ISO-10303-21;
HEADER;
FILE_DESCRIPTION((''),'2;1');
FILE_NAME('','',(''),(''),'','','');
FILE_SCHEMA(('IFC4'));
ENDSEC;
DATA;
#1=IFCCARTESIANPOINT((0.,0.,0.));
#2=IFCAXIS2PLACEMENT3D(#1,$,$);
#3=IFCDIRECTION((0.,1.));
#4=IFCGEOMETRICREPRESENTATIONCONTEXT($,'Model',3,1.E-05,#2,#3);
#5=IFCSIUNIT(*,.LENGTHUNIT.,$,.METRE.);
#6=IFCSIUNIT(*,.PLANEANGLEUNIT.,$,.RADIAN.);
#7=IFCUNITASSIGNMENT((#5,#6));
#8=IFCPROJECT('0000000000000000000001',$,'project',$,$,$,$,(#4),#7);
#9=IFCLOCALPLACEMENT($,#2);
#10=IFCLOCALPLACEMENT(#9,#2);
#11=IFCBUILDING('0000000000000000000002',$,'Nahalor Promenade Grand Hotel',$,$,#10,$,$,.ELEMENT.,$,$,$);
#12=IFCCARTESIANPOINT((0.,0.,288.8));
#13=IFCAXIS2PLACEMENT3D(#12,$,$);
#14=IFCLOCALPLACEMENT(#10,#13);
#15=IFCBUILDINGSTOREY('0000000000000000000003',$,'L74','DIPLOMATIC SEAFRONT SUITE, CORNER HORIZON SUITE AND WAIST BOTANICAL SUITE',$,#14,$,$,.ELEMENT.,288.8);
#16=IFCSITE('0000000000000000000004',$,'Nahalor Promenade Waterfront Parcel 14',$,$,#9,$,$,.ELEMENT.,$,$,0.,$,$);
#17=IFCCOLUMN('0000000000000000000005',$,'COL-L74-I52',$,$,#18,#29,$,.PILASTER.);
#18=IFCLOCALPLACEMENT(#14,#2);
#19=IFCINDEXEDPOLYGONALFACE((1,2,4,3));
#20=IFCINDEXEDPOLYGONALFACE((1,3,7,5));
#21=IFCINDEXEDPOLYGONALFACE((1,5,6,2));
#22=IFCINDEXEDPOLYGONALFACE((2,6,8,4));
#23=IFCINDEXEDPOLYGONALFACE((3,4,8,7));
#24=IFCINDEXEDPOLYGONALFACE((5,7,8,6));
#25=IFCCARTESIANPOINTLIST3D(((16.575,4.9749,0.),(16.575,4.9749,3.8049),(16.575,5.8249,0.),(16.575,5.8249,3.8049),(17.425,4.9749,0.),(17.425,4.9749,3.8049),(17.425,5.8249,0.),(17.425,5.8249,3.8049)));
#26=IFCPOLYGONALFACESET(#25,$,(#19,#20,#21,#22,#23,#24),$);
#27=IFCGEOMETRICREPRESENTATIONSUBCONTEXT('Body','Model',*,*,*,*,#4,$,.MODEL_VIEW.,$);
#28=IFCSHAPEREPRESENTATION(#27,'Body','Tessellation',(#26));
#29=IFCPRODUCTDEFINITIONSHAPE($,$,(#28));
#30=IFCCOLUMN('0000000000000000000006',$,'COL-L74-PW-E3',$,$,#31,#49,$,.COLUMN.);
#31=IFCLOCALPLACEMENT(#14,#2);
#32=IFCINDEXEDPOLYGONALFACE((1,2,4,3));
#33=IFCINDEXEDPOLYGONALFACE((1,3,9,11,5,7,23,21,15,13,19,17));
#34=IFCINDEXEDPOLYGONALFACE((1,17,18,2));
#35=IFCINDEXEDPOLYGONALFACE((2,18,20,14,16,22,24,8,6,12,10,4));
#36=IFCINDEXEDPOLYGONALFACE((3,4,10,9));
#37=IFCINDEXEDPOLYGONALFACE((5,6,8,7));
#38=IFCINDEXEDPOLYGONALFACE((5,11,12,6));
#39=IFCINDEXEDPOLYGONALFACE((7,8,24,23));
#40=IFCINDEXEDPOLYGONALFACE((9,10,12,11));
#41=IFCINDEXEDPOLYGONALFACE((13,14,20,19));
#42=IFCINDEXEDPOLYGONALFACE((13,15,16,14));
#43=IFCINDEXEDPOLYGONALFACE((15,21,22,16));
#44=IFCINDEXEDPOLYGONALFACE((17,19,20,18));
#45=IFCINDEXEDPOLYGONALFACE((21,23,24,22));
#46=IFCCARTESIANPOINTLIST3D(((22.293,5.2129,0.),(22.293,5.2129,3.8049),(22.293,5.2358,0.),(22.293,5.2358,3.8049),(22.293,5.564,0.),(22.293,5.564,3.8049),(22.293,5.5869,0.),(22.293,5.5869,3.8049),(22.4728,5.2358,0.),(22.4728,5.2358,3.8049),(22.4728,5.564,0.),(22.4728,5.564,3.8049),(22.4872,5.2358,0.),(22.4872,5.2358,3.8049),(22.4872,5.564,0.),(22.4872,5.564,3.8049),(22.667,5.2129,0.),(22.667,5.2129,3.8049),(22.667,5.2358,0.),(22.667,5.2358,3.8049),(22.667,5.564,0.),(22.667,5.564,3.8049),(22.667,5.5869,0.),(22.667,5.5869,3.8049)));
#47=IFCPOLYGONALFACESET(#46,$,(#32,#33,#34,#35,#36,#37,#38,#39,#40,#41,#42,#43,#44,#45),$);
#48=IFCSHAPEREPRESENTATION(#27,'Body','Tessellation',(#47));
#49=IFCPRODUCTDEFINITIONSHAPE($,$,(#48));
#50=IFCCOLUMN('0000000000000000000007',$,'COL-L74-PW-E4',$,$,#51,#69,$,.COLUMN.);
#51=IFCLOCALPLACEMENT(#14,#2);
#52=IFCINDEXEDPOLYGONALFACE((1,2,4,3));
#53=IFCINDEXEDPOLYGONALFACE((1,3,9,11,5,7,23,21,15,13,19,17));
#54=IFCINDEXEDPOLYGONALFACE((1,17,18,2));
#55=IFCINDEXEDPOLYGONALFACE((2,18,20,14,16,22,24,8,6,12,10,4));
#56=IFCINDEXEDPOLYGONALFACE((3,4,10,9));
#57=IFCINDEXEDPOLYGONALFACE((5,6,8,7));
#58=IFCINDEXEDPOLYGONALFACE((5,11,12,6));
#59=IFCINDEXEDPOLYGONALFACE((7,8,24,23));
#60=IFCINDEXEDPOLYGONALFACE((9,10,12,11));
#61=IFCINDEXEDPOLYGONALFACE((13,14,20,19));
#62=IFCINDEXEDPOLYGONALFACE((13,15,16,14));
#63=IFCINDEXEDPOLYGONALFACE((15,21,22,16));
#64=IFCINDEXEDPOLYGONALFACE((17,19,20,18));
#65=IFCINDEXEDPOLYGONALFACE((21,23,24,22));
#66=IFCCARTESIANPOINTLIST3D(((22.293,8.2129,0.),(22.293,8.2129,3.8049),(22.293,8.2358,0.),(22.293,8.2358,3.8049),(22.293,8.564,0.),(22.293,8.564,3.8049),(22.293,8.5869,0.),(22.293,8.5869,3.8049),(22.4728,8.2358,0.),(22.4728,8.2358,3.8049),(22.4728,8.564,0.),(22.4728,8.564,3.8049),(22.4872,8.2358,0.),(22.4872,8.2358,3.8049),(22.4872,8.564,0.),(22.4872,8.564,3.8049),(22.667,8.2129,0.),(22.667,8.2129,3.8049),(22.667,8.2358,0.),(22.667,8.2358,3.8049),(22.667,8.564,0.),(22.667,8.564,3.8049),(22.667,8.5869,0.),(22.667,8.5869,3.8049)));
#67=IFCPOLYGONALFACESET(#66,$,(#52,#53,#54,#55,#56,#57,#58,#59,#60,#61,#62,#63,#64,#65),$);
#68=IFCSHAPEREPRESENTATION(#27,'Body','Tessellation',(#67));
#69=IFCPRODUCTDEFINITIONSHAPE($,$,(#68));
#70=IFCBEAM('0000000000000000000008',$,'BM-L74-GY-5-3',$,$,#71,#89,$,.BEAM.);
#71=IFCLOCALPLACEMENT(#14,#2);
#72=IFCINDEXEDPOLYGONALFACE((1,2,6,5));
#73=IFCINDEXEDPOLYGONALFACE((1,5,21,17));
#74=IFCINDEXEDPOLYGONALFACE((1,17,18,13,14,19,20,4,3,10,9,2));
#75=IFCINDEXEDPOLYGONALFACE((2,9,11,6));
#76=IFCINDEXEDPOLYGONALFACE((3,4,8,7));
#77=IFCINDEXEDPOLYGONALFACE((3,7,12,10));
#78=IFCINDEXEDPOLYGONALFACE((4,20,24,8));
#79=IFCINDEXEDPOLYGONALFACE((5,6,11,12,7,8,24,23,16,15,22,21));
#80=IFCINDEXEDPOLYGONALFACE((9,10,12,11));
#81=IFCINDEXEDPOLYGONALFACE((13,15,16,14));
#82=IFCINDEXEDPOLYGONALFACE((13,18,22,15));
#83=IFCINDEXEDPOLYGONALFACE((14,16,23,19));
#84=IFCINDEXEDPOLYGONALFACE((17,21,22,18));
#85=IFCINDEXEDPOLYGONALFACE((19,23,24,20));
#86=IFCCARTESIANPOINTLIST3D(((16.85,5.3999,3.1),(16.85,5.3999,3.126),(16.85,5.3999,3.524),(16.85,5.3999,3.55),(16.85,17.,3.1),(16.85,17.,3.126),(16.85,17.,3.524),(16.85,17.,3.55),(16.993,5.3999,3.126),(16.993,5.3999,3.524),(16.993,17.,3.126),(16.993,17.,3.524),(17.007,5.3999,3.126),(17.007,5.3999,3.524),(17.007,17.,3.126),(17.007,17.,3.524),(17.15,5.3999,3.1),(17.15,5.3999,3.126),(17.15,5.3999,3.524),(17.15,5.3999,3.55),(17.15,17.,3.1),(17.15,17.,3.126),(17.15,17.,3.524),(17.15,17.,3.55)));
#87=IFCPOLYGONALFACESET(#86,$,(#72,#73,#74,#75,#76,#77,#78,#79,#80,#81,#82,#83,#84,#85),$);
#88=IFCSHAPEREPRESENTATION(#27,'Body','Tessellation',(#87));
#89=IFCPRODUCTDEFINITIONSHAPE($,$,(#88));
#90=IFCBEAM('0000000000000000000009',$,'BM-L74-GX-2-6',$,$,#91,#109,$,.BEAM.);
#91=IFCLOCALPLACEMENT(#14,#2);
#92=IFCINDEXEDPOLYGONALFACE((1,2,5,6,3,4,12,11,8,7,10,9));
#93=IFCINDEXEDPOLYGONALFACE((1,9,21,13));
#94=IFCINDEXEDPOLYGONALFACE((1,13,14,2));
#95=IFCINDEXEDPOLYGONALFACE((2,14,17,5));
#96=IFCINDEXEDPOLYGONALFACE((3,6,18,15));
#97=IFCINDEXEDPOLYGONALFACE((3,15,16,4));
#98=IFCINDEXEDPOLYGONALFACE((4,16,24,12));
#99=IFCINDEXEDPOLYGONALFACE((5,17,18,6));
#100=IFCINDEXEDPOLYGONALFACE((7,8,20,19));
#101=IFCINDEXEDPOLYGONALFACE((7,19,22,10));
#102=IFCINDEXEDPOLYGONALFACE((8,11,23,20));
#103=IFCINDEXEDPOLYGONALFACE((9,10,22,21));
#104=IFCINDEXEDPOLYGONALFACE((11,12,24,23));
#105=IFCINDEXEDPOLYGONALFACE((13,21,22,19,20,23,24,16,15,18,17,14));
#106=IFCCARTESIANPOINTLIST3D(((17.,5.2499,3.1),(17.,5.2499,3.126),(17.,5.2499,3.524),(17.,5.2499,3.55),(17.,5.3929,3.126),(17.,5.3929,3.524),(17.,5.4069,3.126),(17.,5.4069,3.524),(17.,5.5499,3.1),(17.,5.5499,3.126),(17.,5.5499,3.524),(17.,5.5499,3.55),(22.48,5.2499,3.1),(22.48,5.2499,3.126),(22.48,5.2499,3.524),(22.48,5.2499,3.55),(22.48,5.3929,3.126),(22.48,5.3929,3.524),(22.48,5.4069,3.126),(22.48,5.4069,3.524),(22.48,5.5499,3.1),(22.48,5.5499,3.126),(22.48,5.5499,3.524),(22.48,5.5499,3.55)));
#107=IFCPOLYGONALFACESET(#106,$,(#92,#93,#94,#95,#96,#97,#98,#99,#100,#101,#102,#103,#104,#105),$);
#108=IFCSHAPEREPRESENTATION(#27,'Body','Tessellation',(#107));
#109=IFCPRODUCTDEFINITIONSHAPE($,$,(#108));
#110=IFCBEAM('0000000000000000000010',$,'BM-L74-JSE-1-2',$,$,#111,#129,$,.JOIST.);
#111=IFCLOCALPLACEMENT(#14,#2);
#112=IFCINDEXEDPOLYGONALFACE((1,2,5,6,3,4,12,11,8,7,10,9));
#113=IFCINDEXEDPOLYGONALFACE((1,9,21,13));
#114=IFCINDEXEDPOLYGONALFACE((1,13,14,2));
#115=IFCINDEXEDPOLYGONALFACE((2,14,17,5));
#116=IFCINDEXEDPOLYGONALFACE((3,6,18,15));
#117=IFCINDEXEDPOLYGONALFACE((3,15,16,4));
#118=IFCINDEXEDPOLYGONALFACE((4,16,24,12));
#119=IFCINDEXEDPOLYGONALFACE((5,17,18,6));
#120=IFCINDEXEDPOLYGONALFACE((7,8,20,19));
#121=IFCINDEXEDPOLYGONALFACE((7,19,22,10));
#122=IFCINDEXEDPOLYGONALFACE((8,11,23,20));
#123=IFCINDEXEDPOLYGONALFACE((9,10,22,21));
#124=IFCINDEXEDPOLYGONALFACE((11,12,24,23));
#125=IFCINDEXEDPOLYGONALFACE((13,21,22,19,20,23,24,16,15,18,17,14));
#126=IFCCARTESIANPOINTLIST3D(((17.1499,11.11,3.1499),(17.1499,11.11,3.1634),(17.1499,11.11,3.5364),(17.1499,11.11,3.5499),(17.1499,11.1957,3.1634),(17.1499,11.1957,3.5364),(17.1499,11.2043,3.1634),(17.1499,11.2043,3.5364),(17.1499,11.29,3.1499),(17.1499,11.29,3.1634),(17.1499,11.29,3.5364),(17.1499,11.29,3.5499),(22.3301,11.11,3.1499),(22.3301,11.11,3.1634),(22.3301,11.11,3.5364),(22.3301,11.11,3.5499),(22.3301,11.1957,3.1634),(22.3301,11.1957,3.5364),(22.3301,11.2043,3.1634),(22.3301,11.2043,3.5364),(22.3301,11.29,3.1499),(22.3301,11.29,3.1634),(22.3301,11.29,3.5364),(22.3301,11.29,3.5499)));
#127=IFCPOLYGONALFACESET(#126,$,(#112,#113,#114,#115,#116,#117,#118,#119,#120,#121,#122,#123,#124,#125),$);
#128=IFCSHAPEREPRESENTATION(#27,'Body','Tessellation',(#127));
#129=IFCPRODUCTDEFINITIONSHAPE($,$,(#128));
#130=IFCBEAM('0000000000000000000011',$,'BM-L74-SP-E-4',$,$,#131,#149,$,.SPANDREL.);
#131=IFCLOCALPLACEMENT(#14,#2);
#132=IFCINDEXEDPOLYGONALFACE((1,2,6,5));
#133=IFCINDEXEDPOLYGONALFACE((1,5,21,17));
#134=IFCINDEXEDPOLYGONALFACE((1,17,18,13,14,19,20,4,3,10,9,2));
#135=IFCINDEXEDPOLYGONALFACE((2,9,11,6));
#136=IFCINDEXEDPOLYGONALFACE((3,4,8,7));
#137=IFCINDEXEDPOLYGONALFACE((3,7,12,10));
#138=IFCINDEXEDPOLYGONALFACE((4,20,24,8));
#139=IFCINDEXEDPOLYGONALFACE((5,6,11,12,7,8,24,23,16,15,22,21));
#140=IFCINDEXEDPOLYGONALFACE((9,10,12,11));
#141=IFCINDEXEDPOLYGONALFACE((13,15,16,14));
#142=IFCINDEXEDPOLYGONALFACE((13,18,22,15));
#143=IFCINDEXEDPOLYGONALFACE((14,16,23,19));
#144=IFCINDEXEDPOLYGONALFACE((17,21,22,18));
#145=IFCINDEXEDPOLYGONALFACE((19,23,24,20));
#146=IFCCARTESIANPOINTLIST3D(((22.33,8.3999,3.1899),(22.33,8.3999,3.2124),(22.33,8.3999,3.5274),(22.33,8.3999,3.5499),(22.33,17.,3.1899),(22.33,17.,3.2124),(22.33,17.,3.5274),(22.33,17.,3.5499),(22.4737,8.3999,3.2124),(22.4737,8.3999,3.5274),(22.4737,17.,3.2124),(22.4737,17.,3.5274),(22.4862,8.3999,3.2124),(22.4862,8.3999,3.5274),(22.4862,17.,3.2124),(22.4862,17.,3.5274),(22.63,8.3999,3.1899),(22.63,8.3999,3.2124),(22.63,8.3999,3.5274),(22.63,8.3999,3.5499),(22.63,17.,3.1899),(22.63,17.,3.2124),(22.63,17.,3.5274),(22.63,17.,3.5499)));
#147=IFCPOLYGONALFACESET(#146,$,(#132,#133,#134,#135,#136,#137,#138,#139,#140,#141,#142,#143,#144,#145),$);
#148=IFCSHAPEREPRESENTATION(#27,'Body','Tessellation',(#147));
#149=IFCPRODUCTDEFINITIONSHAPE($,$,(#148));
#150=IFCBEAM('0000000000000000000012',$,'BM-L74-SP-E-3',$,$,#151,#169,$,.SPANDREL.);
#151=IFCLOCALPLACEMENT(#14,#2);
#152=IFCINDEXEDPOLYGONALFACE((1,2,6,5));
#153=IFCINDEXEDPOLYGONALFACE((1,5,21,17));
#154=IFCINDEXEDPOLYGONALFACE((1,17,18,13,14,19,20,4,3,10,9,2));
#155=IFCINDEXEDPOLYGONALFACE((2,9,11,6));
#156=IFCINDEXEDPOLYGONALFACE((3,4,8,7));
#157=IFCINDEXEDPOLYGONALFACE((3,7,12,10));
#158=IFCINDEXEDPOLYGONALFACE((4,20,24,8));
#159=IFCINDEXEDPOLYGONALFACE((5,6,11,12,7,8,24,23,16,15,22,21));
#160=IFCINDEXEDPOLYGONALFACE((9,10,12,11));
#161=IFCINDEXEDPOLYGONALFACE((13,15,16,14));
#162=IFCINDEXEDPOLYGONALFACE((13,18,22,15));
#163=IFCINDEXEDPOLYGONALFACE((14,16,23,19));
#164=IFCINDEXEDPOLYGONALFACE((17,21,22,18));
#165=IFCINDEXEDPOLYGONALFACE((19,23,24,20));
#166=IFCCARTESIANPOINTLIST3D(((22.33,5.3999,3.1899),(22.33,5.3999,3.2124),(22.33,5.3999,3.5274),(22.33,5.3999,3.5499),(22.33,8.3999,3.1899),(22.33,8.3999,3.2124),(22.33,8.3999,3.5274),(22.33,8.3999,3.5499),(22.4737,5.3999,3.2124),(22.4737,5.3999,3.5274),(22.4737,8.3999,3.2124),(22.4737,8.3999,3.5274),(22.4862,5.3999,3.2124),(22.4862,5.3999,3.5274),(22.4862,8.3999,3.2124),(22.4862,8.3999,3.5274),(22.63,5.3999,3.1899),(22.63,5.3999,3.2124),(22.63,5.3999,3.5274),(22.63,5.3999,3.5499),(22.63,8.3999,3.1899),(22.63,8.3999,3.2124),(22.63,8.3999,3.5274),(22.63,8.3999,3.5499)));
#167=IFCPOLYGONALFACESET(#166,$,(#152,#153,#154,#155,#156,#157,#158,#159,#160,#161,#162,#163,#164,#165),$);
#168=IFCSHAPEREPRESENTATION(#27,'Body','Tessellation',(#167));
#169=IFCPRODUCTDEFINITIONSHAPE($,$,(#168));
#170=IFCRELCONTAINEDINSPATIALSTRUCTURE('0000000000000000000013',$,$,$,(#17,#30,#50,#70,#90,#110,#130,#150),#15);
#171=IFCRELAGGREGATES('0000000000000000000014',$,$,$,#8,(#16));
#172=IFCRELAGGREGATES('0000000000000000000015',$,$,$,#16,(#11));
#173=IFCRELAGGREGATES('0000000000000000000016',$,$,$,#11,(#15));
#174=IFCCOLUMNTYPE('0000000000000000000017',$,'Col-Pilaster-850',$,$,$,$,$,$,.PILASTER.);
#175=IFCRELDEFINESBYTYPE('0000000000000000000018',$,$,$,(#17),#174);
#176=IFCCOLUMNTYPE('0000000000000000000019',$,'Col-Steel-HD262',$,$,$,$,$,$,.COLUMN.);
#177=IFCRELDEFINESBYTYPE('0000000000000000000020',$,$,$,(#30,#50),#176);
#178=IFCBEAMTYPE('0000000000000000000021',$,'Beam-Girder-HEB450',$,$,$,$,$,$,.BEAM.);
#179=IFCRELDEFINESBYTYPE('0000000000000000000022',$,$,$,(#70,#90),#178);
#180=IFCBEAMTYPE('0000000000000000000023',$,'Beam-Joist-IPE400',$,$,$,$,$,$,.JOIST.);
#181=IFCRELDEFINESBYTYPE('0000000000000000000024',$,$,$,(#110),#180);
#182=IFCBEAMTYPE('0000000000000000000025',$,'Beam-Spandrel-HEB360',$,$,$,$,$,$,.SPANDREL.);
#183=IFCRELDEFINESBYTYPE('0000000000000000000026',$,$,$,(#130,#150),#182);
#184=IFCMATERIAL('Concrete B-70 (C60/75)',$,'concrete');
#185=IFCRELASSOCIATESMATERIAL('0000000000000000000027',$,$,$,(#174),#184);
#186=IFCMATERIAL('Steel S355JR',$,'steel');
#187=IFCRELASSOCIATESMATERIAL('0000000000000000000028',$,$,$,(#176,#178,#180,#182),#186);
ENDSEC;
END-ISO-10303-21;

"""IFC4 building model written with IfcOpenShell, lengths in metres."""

from ifc_helpers import new_model, si_unit, direction, frame, origin, origin_2d, place, context, subcontext, project, spatial, rectangle, i_section, extrude, source, transform, mapped, material, material_profile, profile_set, type_object, element, save


model = new_model("IFC4")

# Units and contexts
model_context = context("Model", 3, precision=1e-05, world=origin(), true_north=direction((0.0, 1.0)))
body_context = subcontext(model_context, "Body", "Model", "MODEL_VIEW")
ifc_project = project(units=[si_unit("LENGTHUNIT", "METRE"), si_unit("PLANEANGLEUNIT", "RADIAN")], contexts=[model_context])

# Site, building, storey
site_placement = place(None, origin())
site = spatial("IfcSite", under=ifc_project, at=site_placement, Name="Nahalor Promenade Waterfront Parcel 14", CompositionType="ELEMENT", RefElevation=0.0)
building_placement = place(site_placement, origin())
building = spatial("IfcBuilding", under=site, at=building_placement, Name="Nahalor Promenade Grand Hotel", CompositionType="ELEMENT")
storey_placement = place(building_placement, frame((0.0, 0.0, 288.8)))
storey = spatial("IfcBuildingStorey", under=building, at=storey_placement, Name="L74", Description="DIPLOMATIC SEAFRONT SUITE, CORNER HORIZON SUITE AND WAIST BOTANICAL SUITE", CompositionType="ELEMENT", Elevation=288.8)

# Columns
ifc_material_1 = material(Name="Concrete B-70 (C60/75)", Category="concrete")
ifc_material_profile_1 = material_profile(ifc_material_1, rectangle(XDim=0.85, YDim=0.85, at=origin_2d()), Name="RC 850x850")
ifc_profile_set_1 = profile_set([ifc_material_profile_1], Name="Concrete B-70 (C60/75)")
column_type_1 = type_object("IfcColumnType", Name="Col-Pilaster-850", PredefinedType="PILASTER", material=ifc_profile_set_1)
shared_shape_1 = source(origin(), body_context, "Body", "SweptSolid", [
    extrude(rectangle(XDim=0.85, YDim=0.85, at=origin_2d()), origin(), (0.0, 0.0, 1.0), 3.8049),
])
column_placement = place(storey_placement, frame((17.0, 5.3999, 0.0), z_axis=(0.0, 0.0, 1.0), x_axis=(1.0, 0.0, 0.0)))
element("IfcColumn", 1, at=column_placement, inside=storey, type_object=column_type_1, Name="COL-L74-I52", PredefinedType="PILASTER", context=body_context, shape_type="MappedRepresentation", body=[
    mapped(shared_shape_1, transform((0.0, 0.0, 0.0), scale=1.0)),
])
ifc_material_2 = material(Name="Steel S355JR", Category="steel")
ifc_material_profile_2 = material_profile(ifc_material_2, i_section(OverallWidth=0.374, OverallDepth=0.374, WebThickness=0.0144, FlangeThickness=0.0229, at=origin_2d()), Name="HD 360x262")
ifc_profile_set_2 = profile_set([ifc_material_profile_2], Name="Steel S355JR")
column_type_2 = type_object("IfcColumnType", Name="Col-Steel-HD262", PredefinedType="COLUMN", material=ifc_profile_set_2)
shared_shape_2 = source(origin(), body_context, "Body", "SweptSolid", [
    extrude(i_section(OverallWidth=0.374, OverallDepth=0.374, WebThickness=0.0144, FlangeThickness=0.0229, at=origin_2d()), origin(), (0.0, 0.0, 1.0), 3.8049),
])
for number, where, z_axis, x_axis, name in (
    (2, (22.48, 5.3999, 0.0), (0.0, 0.0, 1.0), (1.0, 0.0, 0.0), "COL-L74-PW-E3"),
    (3, (22.48, 8.3999, 0.0), (0.0, 0.0, 1.0), (1.0, 0.0, 0.0), "COL-L74-PW-E4"),
):
    element("IfcColumn", number, at=place(storey_placement, frame(where, z_axis=z_axis, x_axis=x_axis)), inside=storey, type_object=column_type_2, Name=name, PredefinedType="COLUMN", context=body_context, shape_type="MappedRepresentation", body=[
        mapped(shared_shape_2, transform((0.0, 0.0, 0.0), scale=1.0)),
    ])

# Beams
ifc_material_profile_3 = material_profile(ifc_material_2, i_section(OverallWidth=0.3, OverallDepth=0.45, WebThickness=0.014, FlangeThickness=0.026, at=origin_2d()), Name="HEB 450")
ifc_profile_set_3 = profile_set([ifc_material_profile_3], Name="Steel S355JR")
beam_type_1 = type_object("IfcBeamType", Name="Beam-Girder-HEB450", PredefinedType="BEAM", material=ifc_profile_set_3)
shared_shape_3 = source(origin(), body_context, "Body", "SweptSolid", [
    extrude(i_section(OverallWidth=0.3, OverallDepth=0.45, WebThickness=0.014, FlangeThickness=0.026, at=origin_2d()), origin(), (0.0, 0.0, 1.0), 11.6001),
])
beam_1_placement = place(storey_placement, frame((17.0, 5.3999, 3.325), z_axis=(0.0, 1.0, 0.0), x_axis=(-1.0, 0.0, 0.0)))
element("IfcBeam", 4, at=beam_1_placement, inside=storey, type_object=beam_type_1, Name="BM-L74-GY-5-3", PredefinedType="BEAM", context=body_context, shape_type="MappedRepresentation", body=[
    mapped(shared_shape_3, transform((0.0, 0.0, 0.0), scale=1.0)),
])
shared_shape_4 = source(origin(), body_context, "Body", "SweptSolid", [
    extrude(i_section(OverallWidth=0.3, OverallDepth=0.45, WebThickness=0.014, FlangeThickness=0.026, at=origin_2d()), origin(), (0.0, 0.0, 1.0), 5.48),
])
beam_2_placement = place(storey_placement, frame((17.0, 5.3999, 3.325), z_axis=(1.0, 0.0, 0.0), x_axis=(0.0, 1.0, 0.0)))
element("IfcBeam", 5, at=beam_2_placement, inside=storey, type_object=beam_type_1, Name="BM-L74-GX-2-6", PredefinedType="BEAM", context=body_context, shape_type="MappedRepresentation", body=[
    mapped(shared_shape_4, transform((0.0, 0.0, 0.0), scale=1.0)),
])
ifc_material_profile_4 = material_profile(ifc_material_2, i_section(OverallWidth=0.18, OverallDepth=0.4, WebThickness=0.0086, FlangeThickness=0.0135, at=origin_2d()), Name="IPE 400")
ifc_profile_set_4 = profile_set([ifc_material_profile_4], Name="Steel S355JR")
beam_type_2 = type_object("IfcBeamType", Name="Beam-Joist-IPE400", PredefinedType="JOIST", material=ifc_profile_set_4)
shared_shape_5 = source(origin(), body_context, "Body", "SweptSolid", [
    extrude(i_section(OverallWidth=0.18, OverallDepth=0.4, WebThickness=0.0086, FlangeThickness=0.0135, at=origin_2d()), origin(), (0.0, 0.0, 1.0), 5.1802),
])
beam_3_placement = place(storey_placement, frame((17.1499, 11.2, 3.3499), z_axis=(1.0, 0.0, 0.0), x_axis=(0.0, 1.0, 0.0)))
element("IfcBeam", 6, at=beam_3_placement, inside=storey, type_object=beam_type_2, Name="BM-L74-JSE-1-2", PredefinedType="JOIST", context=body_context, shape_type="MappedRepresentation", body=[
    mapped(shared_shape_5, transform((0.0, 0.0, 0.0), scale=1.0)),
])
ifc_material_profile_5 = material_profile(ifc_material_2, i_section(OverallWidth=0.3, OverallDepth=0.36, WebThickness=0.0125, FlangeThickness=0.0225, at=origin_2d()), Name="HEB 360")
ifc_profile_set_5 = profile_set([ifc_material_profile_5], Name="Steel S355JR")
beam_type_3 = type_object("IfcBeamType", Name="Beam-Spandrel-HEB360", PredefinedType="SPANDREL", material=ifc_profile_set_5)
shared_shape_6 = source(origin(), body_context, "Body", "SweptSolid", [
    extrude(i_section(OverallWidth=0.3, OverallDepth=0.36, WebThickness=0.0125, FlangeThickness=0.0225, at=origin_2d()), origin(), (0.0, 0.0, 1.0), 8.6001),
])
beam_4_placement = place(storey_placement, frame((22.48, 8.3999, 3.3699), z_axis=(0.0, 1.0, 0.0), x_axis=(-1.0, 0.0, 0.0)))
element("IfcBeam", 7, at=beam_4_placement, inside=storey, type_object=beam_type_3, Name="BM-L74-SP-E-4", PredefinedType="SPANDREL", context=body_context, shape_type="MappedRepresentation", body=[
    mapped(shared_shape_6, transform((0.0, 0.0, 0.0), scale=1.0)),
])
shared_shape_7 = source(origin(), body_context, "Body", "SweptSolid", [
    extrude(i_section(OverallWidth=0.3, OverallDepth=0.36, WebThickness=0.0125, FlangeThickness=0.0225, at=origin_2d()), origin(), (0.0, 0.0, 1.0), 3.0),
])
beam_5_placement = place(storey_placement, frame((22.48, 5.3999, 3.3699), z_axis=(0.0, 1.0, 0.0), x_axis=(-1.0, 0.0, 0.0)))
element("IfcBeam", 8, at=beam_5_placement, inside=storey, type_object=beam_type_3, Name="BM-L74-SP-E-3", PredefinedType="SPANDREL", context=body_context, shape_type="MappedRepresentation", body=[
    mapped(shared_shape_7, transform((0.0, 0.0, 0.0), scale=1.0)),
])

save(model, "model.ifc")
